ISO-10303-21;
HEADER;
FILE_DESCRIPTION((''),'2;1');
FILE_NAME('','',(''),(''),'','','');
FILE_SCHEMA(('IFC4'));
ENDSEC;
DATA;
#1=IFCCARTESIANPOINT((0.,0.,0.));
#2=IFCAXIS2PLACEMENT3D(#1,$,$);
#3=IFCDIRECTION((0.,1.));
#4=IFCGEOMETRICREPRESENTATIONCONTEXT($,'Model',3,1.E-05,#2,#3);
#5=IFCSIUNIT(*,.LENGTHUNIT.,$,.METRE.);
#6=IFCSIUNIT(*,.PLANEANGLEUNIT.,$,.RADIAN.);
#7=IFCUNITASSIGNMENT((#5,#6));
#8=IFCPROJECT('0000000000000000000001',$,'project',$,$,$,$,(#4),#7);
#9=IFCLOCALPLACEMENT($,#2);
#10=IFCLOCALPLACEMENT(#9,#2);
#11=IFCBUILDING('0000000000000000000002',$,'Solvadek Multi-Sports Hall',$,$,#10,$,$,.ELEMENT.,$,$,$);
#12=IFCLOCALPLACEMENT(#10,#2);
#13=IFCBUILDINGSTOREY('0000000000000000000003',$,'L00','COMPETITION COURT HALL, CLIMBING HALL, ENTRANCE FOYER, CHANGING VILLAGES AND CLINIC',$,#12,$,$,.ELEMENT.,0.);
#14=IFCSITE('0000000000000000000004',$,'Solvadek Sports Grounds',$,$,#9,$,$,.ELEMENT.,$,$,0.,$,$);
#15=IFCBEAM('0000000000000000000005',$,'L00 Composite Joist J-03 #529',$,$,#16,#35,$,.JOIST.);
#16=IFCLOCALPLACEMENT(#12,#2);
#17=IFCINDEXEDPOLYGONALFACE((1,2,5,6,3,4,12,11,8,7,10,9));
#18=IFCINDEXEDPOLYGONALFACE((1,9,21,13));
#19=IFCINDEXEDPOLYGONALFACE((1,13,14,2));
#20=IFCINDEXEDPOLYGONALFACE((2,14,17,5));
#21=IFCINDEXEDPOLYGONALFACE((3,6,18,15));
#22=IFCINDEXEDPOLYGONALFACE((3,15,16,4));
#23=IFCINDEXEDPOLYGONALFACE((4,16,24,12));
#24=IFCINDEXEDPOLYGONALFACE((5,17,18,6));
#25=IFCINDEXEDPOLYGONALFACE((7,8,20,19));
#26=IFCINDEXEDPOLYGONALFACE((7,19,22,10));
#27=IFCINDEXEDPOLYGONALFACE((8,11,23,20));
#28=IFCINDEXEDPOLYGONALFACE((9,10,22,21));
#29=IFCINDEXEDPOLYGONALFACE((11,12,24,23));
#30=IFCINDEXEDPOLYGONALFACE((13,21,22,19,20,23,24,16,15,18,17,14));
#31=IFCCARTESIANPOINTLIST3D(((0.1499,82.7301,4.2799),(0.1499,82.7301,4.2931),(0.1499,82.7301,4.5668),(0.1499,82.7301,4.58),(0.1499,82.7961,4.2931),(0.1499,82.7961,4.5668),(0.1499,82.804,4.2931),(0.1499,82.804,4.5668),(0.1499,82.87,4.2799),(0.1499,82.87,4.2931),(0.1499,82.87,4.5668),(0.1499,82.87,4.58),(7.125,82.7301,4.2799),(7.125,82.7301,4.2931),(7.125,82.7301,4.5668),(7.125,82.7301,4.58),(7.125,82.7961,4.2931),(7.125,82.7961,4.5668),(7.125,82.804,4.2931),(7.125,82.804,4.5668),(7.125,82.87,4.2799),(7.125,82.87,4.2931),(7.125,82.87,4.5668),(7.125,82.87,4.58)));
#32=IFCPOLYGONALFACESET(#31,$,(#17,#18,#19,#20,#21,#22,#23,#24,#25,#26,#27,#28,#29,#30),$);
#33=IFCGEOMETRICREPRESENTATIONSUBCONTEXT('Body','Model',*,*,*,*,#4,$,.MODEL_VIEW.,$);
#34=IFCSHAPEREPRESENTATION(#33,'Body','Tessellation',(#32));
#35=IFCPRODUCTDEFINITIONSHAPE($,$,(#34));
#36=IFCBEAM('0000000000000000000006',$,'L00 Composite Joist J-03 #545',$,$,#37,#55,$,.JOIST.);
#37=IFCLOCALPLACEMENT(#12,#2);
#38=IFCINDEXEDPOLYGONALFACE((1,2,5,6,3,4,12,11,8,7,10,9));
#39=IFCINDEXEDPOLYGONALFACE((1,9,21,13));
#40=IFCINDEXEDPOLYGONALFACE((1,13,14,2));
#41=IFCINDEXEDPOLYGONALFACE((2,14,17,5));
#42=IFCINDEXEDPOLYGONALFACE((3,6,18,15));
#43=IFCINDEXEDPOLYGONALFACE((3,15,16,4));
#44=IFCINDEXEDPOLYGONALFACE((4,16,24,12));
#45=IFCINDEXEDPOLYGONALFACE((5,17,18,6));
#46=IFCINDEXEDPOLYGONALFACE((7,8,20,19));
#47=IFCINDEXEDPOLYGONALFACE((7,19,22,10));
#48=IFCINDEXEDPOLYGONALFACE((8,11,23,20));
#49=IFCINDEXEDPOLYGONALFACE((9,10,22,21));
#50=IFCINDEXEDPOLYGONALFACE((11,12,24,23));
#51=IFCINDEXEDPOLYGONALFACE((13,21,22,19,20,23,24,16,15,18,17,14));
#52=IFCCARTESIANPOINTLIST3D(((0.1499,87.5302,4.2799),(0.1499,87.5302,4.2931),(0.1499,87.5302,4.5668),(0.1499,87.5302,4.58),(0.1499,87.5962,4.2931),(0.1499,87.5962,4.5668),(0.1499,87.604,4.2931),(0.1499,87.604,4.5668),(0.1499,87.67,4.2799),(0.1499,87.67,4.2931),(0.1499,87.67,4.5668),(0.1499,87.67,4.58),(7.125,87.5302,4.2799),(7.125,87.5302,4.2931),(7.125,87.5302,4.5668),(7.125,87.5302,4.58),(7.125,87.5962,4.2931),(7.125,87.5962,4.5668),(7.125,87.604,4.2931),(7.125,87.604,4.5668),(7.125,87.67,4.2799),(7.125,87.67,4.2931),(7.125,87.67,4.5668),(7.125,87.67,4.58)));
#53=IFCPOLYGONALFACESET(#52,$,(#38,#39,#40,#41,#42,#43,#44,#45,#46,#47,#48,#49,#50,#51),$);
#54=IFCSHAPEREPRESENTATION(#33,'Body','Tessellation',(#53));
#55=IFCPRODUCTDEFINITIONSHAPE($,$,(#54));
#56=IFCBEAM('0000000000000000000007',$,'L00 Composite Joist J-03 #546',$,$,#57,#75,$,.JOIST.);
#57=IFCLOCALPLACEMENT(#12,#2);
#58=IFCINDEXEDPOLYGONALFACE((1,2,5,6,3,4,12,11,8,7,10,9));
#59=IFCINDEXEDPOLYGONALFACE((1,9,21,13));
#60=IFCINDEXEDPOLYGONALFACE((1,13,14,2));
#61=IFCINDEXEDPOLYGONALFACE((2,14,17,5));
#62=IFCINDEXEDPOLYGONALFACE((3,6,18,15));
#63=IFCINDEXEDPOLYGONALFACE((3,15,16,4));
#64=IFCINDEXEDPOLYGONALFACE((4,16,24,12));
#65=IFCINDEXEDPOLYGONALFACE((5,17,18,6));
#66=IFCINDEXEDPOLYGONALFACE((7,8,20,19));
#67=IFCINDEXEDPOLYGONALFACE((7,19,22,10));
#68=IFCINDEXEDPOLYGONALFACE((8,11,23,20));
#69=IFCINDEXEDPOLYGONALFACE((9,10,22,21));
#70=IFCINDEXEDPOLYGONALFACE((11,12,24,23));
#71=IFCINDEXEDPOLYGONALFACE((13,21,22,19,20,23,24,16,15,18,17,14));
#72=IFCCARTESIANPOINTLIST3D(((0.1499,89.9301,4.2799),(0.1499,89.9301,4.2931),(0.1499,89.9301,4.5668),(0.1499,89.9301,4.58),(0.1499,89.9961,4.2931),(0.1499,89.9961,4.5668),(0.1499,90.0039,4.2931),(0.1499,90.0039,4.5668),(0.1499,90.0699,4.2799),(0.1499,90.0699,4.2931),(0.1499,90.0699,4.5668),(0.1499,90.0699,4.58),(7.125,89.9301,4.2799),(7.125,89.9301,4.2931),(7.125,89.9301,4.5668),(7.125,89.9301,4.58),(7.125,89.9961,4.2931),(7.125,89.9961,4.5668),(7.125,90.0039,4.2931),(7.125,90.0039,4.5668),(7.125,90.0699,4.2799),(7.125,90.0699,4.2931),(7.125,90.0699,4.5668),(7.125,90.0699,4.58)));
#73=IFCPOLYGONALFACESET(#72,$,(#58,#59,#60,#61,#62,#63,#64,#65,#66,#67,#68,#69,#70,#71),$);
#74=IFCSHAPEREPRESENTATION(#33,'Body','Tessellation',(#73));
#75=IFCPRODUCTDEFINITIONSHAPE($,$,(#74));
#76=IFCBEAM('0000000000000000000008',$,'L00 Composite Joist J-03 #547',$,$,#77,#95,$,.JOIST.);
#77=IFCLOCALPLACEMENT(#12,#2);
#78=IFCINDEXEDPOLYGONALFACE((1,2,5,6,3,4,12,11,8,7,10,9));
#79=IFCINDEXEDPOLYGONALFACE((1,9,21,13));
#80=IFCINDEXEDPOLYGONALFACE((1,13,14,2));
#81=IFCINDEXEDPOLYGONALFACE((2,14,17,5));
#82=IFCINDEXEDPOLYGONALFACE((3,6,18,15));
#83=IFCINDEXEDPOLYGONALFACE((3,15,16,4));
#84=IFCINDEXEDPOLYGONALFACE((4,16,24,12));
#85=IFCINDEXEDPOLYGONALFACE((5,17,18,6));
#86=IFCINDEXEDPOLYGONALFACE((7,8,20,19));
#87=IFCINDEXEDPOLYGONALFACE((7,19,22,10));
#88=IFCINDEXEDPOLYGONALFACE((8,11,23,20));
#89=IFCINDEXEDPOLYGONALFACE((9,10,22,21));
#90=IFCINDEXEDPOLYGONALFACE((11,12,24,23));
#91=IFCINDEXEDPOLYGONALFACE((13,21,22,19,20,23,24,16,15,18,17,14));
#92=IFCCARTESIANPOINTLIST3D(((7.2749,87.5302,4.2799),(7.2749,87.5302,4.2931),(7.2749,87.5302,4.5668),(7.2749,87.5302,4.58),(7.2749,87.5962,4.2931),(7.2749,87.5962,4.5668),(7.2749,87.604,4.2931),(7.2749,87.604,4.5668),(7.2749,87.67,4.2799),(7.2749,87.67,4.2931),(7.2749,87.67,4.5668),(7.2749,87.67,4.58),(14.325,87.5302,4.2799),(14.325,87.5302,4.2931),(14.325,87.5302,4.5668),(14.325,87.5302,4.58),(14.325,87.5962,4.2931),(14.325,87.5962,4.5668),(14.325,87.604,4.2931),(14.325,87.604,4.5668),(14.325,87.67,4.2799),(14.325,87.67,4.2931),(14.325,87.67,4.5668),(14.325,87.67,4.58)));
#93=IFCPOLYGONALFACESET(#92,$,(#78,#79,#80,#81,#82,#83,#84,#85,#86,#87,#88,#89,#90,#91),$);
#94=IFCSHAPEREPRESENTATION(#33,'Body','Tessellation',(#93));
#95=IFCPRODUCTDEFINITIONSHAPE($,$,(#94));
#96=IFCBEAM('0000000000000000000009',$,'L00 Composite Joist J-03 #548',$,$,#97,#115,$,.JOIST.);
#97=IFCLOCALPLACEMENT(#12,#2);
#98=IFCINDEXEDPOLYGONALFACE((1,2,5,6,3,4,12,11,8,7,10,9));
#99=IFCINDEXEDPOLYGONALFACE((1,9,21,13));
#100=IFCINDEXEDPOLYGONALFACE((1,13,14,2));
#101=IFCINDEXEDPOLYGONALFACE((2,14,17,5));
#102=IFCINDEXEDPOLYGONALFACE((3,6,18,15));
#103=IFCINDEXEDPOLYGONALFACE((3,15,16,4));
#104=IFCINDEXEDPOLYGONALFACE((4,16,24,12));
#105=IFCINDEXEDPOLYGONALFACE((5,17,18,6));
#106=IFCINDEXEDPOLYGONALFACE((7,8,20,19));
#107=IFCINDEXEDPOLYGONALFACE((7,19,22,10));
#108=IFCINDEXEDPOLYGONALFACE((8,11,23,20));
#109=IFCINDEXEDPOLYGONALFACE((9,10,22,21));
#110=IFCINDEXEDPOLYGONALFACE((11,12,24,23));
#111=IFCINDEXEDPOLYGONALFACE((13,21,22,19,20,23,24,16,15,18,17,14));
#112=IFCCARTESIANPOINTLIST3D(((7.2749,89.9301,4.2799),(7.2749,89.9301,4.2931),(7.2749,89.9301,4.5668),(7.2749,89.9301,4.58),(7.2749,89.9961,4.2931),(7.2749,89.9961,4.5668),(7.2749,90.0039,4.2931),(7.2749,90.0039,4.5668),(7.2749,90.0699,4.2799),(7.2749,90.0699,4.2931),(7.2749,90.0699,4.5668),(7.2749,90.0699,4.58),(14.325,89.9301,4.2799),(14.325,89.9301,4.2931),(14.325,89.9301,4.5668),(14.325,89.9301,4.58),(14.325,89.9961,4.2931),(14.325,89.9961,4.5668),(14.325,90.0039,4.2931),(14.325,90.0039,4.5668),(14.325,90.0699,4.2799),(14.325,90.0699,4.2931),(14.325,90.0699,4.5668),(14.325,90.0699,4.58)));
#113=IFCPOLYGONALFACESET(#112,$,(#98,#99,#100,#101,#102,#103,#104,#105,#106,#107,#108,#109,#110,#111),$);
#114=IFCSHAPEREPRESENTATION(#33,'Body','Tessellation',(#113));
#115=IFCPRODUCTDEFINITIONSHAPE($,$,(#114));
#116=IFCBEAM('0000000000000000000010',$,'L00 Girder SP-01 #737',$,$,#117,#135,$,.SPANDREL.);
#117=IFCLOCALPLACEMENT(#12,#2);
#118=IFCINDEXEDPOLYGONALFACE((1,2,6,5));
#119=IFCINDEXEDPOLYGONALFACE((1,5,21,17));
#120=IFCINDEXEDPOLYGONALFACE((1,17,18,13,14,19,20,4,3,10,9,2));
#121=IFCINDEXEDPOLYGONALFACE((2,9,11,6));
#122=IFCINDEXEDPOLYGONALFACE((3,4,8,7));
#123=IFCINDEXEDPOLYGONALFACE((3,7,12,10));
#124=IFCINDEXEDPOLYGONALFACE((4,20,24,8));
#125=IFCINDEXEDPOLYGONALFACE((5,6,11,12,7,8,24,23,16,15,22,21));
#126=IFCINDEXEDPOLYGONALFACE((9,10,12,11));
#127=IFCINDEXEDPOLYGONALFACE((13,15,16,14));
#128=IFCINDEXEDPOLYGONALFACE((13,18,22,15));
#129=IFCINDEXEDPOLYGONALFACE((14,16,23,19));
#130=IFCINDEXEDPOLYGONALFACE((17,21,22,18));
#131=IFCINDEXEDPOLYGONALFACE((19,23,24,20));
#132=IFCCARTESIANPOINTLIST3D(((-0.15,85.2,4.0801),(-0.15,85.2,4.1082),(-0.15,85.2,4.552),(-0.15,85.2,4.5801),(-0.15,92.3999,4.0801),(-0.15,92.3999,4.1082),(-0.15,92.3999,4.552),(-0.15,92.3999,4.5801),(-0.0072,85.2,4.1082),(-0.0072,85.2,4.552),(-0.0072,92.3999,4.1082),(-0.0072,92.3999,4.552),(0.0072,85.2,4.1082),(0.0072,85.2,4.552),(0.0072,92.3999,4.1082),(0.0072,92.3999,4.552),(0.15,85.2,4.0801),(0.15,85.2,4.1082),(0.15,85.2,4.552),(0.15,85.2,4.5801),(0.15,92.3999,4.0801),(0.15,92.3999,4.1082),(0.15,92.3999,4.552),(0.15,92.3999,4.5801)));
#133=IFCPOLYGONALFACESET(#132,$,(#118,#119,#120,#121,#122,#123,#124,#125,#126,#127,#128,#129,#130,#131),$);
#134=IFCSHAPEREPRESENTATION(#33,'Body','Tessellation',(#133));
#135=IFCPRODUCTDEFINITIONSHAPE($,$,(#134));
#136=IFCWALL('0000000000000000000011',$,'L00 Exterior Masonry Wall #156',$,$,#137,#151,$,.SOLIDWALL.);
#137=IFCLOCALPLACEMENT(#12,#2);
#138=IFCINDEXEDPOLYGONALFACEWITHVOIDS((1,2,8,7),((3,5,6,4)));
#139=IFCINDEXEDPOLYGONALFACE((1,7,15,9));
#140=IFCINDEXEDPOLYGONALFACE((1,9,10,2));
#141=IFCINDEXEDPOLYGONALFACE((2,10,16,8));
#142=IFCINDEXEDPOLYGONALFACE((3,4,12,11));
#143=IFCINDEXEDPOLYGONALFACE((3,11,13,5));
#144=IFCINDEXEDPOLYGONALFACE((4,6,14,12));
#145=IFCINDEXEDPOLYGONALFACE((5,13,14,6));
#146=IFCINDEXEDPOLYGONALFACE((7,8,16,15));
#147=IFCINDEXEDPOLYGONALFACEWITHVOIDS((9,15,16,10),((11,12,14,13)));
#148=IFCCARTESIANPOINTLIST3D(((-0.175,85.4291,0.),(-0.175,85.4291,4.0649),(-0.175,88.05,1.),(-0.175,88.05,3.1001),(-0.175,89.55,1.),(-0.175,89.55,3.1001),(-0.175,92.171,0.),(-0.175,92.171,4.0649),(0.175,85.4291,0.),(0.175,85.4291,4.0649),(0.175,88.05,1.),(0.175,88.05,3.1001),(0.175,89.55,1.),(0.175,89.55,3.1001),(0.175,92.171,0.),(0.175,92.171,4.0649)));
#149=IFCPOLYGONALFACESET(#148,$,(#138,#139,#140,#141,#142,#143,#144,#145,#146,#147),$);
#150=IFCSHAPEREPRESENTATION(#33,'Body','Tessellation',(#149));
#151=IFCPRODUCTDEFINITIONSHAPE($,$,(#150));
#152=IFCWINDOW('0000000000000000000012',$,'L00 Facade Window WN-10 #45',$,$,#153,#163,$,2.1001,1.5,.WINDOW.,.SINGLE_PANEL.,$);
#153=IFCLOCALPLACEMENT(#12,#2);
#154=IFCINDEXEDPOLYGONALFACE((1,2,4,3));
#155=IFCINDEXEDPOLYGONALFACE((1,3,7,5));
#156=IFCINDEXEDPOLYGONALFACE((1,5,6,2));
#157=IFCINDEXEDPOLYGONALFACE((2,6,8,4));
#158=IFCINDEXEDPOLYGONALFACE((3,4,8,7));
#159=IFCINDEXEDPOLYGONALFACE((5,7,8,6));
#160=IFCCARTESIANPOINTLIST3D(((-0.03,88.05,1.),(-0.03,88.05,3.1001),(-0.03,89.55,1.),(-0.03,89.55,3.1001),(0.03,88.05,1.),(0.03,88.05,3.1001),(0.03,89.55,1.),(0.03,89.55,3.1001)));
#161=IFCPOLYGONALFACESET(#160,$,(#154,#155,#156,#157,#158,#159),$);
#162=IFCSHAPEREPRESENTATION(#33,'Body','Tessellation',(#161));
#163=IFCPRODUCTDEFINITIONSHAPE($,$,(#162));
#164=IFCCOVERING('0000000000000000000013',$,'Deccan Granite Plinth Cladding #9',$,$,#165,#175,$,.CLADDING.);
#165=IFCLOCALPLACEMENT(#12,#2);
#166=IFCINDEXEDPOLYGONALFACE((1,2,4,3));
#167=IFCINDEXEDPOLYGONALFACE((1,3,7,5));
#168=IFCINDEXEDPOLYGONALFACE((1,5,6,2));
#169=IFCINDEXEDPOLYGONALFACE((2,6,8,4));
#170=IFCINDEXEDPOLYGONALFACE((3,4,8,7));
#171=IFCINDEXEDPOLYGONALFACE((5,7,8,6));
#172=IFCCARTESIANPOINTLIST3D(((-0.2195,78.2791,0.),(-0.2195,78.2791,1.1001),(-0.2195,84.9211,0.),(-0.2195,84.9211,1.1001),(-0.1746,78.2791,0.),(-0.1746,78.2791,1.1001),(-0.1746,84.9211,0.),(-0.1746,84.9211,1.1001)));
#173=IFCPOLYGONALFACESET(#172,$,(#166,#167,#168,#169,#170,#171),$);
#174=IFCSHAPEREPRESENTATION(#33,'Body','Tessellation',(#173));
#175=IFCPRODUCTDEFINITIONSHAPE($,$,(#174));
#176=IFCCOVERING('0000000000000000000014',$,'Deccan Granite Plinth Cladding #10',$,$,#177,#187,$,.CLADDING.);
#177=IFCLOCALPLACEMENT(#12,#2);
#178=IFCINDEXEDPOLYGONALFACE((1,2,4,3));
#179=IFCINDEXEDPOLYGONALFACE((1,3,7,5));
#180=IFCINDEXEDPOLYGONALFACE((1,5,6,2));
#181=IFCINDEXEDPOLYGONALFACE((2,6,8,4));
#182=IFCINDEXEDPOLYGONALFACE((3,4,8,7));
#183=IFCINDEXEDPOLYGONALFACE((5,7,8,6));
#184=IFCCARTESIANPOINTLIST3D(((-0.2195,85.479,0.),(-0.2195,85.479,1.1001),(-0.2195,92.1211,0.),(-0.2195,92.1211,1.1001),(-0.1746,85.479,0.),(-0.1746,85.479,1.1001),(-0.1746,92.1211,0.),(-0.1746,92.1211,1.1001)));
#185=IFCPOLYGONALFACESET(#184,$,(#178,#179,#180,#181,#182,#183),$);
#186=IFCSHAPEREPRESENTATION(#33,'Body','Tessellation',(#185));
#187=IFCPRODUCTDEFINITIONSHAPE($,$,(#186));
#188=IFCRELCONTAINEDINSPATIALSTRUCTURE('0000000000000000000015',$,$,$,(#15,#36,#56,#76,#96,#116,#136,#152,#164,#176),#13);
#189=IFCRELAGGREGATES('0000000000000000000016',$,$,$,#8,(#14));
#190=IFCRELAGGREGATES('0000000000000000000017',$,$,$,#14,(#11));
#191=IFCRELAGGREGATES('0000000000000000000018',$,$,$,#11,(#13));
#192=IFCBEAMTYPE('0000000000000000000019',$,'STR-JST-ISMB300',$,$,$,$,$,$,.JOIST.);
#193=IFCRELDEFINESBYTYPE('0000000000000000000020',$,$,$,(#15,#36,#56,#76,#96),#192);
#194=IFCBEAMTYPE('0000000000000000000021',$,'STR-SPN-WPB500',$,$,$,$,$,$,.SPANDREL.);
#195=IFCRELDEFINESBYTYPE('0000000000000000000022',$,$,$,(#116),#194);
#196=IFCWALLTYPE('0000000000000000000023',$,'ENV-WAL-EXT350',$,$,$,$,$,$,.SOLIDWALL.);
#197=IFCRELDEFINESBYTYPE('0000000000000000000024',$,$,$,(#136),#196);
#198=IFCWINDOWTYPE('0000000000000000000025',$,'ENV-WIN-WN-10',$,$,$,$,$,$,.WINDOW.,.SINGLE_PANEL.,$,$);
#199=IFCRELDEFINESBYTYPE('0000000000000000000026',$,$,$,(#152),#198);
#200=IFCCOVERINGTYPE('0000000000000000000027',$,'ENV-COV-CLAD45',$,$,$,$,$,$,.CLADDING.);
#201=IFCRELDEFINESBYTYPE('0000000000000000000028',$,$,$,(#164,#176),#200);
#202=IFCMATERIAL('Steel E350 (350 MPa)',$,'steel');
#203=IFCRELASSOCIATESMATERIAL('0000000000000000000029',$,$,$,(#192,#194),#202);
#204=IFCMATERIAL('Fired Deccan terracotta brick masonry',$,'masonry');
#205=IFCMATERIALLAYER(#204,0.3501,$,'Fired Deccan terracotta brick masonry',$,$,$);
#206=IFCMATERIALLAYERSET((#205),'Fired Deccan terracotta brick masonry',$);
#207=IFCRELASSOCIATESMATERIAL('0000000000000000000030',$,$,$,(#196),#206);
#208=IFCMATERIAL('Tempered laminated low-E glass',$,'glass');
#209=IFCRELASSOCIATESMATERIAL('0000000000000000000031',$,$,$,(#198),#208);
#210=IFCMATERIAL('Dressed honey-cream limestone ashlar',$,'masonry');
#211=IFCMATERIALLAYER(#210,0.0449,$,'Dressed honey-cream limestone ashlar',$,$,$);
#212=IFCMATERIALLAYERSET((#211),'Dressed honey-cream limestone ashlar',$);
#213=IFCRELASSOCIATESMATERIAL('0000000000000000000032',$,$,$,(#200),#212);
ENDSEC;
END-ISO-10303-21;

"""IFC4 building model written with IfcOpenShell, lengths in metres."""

from ifc_helpers import new_model, si_unit, direction, frame, frame_2d, origin, origin_2d, place, context, subcontext, project, spatial, rectangle, i_section, extrude, material, layer, layer_set, material_profile, profile_set, type_object, element, fill, save


model = new_model("IFC4")

# Units and contexts
model_context = context("Model", 3, precision=1e-05, world=origin(), true_north=direction((0.0, 1.0)))
body_context = subcontext(model_context, "Body", "Model", "MODEL_VIEW")
ifc_project = project(units=[si_unit("LENGTHUNIT", "METRE"), si_unit("PLANEANGLEUNIT", "RADIAN")], contexts=[model_context])

# Site, building, storey
site_placement = place(None, origin())
site = spatial("IfcSite", under=ifc_project, at=site_placement, Name="Solvadek Sports Grounds", CompositionType="ELEMENT", RefElevation=0.0)
building_placement = place(site_placement, origin())
building = spatial("IfcBuilding", under=site, at=building_placement, Name="Solvadek Multi-Sports Hall", CompositionType="ELEMENT")
storey_placement = place(building_placement, origin())
storey = spatial("IfcBuildingStorey", under=building, at=storey_placement, Name="L00", Description="COMPETITION COURT HALL, CLIMBING HALL, ENTRANCE FOYER, CHANGING VILLAGES AND CLINIC", CompositionType="ELEMENT", Elevation=0.0)

# Shared definitions
ifc_material_1 = material(Name="Steel E350 (350 MPa)", Category="steel")

# Beams
ifc_material_profile_1 = material_profile(ifc_material_1, i_section(OverallWidth=0.1399, OverallDepth=0.3, WebThickness=0.0078, FlangeThickness=0.0132, at=origin_2d()), Name="ISMB 300")
ifc_profile_set_1 = profile_set([ifc_material_profile_1], Name="Steel E350 (350 MPa)")
beam_type_1 = type_object("IfcBeamType", Name="STR-JST-ISMB300", PredefinedType="JOIST", material=ifc_profile_set_1)
for number, where, z_axis, x_axis, name in (
    (1, (0.1499, 82.8, 4.4299), (1.0, 0.0, 0.0), (0.0, 1.0, 0.0), "L00 Composite Joist J-03 #529"),
    (2, (0.1499, 87.6001, 4.4299), (1.0, 0.0, 0.0), (0.0, 1.0, 0.0), "L00 Composite Joist J-03 #545"),
    (3, (0.1499, 90.0, 4.4299), (1.0, 0.0, 0.0), (0.0, 1.0, 0.0), "L00 Composite Joist J-03 #546"),
):
    element("IfcBeam", number, at=place(storey_placement, frame(where, z_axis=z_axis, x_axis=x_axis)), inside=storey, type_object=beam_type_1, Name=name, PredefinedType="JOIST", context=body_context, shape_type="SweptSolid", body=[
        extrude(i_section(OverallWidth=0.1399, OverallDepth=0.3, WebThickness=0.0078, FlangeThickness=0.0132, at=origin_2d()), origin(), (0.0, 0.0, 1.0), 6.9751),
    ])
for number, where, z_axis, x_axis, name in (
    (4, (7.2749, 87.6001, 4.4299), (1.0, 0.0, 0.0), (0.0, 1.0, 0.0), "L00 Composite Joist J-03 #547"),
    (5, (7.2749, 90.0, 4.4299), (1.0, 0.0, 0.0), (0.0, 1.0, 0.0), "L00 Composite Joist J-03 #548"),
):
    element("IfcBeam", number, at=place(storey_placement, frame(where, z_axis=z_axis, x_axis=x_axis)), inside=storey, type_object=beam_type_1, Name=name, PredefinedType="JOIST", context=body_context, shape_type="SweptSolid", body=[
        extrude(i_section(OverallWidth=0.1399, OverallDepth=0.3, WebThickness=0.0078, FlangeThickness=0.0132, at=origin_2d()), origin(), (0.0, 0.0, 1.0), 7.05),
    ])
ifc_material_profile_2 = material_profile(ifc_material_1, i_section(OverallWidth=0.3, OverallDepth=0.5, WebThickness=0.0144, FlangeThickness=0.0281, at=origin_2d()), Name="WPB 500")
ifc_profile_set_2 = profile_set([ifc_material_profile_2], Name="Steel E350 (350 MPa)")
beam_type_2 = type_object("IfcBeamType", Name="STR-SPN-WPB500", PredefinedType="SPANDREL", material=ifc_profile_set_2)
beam_1_placement = place(storey_placement, frame((0.0, 85.2, 4.3301), z_axis=(0.0, 1.0, 0.0), x_axis=(-1.0, 0.0, 0.0)))
element("IfcBeam", 6, at=beam_1_placement, inside=storey, type_object=beam_type_2, Name="L00 Girder SP-01 #737", PredefinedType="SPANDREL", context=body_context, shape_type="SweptSolid", body=[
    extrude(i_section(OverallWidth=0.3, OverallDepth=0.5, WebThickness=0.0144, FlangeThickness=0.0281, at=origin_2d()), origin(), (0.0, 0.0, 1.0), 7.2),
])

# Wall, opening, window
ifc_material_2 = material(Name="Fired Deccan terracotta brick masonry", Category="masonry")
ifc_layer_1 = layer(ifc_material_2, 0.3501, Name="Fired Deccan terracotta brick masonry")
ifc_layer_set_1 = layer_set([ifc_layer_1], Name="Fired Deccan terracotta brick masonry")
wall_type = type_object("IfcWallType", Name="ENV-WAL-EXT350", PredefinedType="SOLIDWALL", material=ifc_layer_set_1)
wall_placement = place(storey_placement, frame((0.0, 85.429, 0.0), z_axis=(0.0, 0.0, 1.0), x_axis=(0.0, 1.0, 0.0)))
wall = element("IfcWall", 7, at=wall_placement, inside=storey, type_object=wall_type, Name="L00 Exterior Masonry Wall #156", PredefinedType="SOLIDWALL", context=body_context, shape_type="SweptSolid", body=[
    extrude(rectangle(XDim=6.7419, YDim=0.3501, at=frame_2d((3.3711, 0.0))), origin(), (0.0, 0.0, 1.0), 4.0649),
])
opening_placement = place(wall_placement, frame((2.6211, 0.0, 1.0)))
opening = element("IfcOpeningElement", 8, at=opening_placement, cuts=wall, PredefinedType="OPENING", context=body_context, shape_type="SweptSolid", body=[
    extrude(rectangle(XDim=1.5, YDim=2.1001, at=frame_2d((0.75, 1.05))), frame((0.0, 0.1851, 0.0), z_axis=(0.0, -1.0, 0.0), x_axis=(1.0, 0.0, 0.0)), (0.0, 0.0, 1.0), 0.3701),
])
ifc_material_3 = material(Name="Tempered laminated low-E glass", Category="glass")
window_type = type_object("IfcWindowType", Name="ENV-WIN-WN-10", PartitioningType="SINGLE_PANEL", PredefinedType="WINDOW", material=ifc_material_3)
window_placement = place(opening_placement, origin())
window = element("IfcWindow", 9, at=window_placement, inside=storey, type_object=window_type, Name="L00 Facade Window WN-10 #45", OverallHeight=2.1001, OverallWidth=1.5, PartitioningType="SINGLE_PANEL", PredefinedType="WINDOW", context=body_context, shape_type="SweptSolid", body=[
    extrude(rectangle(XDim=1.5, YDim=2.1001, at=frame_2d((0.75, 1.05))), frame((0.0, 0.03, 0.0), z_axis=(0.0, -1.0, 0.0), x_axis=(1.0, 0.0, 0.0)), (0.0, 0.0, 1.0), 0.0601),
])
fill(opening, window)

# Coverings
ifc_material_4 = material(Name="Dressed honey-cream limestone ashlar", Category="masonry")
ifc_layer_2 = layer(ifc_material_4, 0.0449, Name="Dressed honey-cream limestone ashlar")
ifc_layer_set_2 = layer_set([ifc_layer_2], Name="Dressed honey-cream limestone ashlar")
covering_type = type_object("IfcCoveringType", Name="ENV-COV-CLAD45", PredefinedType="CLADDING", material=ifc_layer_set_2)
for number, where, z_axis, x_axis, name in (
    (10, (-0.197, 81.6001, 0.0), (0.0, 0.0, 1.0), (0.0, 1.0, 0.0), "Deccan Granite Plinth Cladding #9"),
    (11, (-0.197, 88.8, 0.0), (0.0, 0.0, 1.0), (0.0, 1.0, 0.0), "Deccan Granite Plinth Cladding #10"),
):
    element("IfcCovering", number, at=place(storey_placement, frame(where, z_axis=z_axis, x_axis=x_axis)), inside=storey, type_object=covering_type, Name=name, PredefinedType="CLADDING", context=body_context, shape_type="SweptSolid", body=[
        extrude(rectangle(XDim=6.6421, YDim=0.0449, at=origin_2d()), origin(), (0.0, 0.0, 1.0), 1.1001),
    ])

save(model, "model.ifc")
